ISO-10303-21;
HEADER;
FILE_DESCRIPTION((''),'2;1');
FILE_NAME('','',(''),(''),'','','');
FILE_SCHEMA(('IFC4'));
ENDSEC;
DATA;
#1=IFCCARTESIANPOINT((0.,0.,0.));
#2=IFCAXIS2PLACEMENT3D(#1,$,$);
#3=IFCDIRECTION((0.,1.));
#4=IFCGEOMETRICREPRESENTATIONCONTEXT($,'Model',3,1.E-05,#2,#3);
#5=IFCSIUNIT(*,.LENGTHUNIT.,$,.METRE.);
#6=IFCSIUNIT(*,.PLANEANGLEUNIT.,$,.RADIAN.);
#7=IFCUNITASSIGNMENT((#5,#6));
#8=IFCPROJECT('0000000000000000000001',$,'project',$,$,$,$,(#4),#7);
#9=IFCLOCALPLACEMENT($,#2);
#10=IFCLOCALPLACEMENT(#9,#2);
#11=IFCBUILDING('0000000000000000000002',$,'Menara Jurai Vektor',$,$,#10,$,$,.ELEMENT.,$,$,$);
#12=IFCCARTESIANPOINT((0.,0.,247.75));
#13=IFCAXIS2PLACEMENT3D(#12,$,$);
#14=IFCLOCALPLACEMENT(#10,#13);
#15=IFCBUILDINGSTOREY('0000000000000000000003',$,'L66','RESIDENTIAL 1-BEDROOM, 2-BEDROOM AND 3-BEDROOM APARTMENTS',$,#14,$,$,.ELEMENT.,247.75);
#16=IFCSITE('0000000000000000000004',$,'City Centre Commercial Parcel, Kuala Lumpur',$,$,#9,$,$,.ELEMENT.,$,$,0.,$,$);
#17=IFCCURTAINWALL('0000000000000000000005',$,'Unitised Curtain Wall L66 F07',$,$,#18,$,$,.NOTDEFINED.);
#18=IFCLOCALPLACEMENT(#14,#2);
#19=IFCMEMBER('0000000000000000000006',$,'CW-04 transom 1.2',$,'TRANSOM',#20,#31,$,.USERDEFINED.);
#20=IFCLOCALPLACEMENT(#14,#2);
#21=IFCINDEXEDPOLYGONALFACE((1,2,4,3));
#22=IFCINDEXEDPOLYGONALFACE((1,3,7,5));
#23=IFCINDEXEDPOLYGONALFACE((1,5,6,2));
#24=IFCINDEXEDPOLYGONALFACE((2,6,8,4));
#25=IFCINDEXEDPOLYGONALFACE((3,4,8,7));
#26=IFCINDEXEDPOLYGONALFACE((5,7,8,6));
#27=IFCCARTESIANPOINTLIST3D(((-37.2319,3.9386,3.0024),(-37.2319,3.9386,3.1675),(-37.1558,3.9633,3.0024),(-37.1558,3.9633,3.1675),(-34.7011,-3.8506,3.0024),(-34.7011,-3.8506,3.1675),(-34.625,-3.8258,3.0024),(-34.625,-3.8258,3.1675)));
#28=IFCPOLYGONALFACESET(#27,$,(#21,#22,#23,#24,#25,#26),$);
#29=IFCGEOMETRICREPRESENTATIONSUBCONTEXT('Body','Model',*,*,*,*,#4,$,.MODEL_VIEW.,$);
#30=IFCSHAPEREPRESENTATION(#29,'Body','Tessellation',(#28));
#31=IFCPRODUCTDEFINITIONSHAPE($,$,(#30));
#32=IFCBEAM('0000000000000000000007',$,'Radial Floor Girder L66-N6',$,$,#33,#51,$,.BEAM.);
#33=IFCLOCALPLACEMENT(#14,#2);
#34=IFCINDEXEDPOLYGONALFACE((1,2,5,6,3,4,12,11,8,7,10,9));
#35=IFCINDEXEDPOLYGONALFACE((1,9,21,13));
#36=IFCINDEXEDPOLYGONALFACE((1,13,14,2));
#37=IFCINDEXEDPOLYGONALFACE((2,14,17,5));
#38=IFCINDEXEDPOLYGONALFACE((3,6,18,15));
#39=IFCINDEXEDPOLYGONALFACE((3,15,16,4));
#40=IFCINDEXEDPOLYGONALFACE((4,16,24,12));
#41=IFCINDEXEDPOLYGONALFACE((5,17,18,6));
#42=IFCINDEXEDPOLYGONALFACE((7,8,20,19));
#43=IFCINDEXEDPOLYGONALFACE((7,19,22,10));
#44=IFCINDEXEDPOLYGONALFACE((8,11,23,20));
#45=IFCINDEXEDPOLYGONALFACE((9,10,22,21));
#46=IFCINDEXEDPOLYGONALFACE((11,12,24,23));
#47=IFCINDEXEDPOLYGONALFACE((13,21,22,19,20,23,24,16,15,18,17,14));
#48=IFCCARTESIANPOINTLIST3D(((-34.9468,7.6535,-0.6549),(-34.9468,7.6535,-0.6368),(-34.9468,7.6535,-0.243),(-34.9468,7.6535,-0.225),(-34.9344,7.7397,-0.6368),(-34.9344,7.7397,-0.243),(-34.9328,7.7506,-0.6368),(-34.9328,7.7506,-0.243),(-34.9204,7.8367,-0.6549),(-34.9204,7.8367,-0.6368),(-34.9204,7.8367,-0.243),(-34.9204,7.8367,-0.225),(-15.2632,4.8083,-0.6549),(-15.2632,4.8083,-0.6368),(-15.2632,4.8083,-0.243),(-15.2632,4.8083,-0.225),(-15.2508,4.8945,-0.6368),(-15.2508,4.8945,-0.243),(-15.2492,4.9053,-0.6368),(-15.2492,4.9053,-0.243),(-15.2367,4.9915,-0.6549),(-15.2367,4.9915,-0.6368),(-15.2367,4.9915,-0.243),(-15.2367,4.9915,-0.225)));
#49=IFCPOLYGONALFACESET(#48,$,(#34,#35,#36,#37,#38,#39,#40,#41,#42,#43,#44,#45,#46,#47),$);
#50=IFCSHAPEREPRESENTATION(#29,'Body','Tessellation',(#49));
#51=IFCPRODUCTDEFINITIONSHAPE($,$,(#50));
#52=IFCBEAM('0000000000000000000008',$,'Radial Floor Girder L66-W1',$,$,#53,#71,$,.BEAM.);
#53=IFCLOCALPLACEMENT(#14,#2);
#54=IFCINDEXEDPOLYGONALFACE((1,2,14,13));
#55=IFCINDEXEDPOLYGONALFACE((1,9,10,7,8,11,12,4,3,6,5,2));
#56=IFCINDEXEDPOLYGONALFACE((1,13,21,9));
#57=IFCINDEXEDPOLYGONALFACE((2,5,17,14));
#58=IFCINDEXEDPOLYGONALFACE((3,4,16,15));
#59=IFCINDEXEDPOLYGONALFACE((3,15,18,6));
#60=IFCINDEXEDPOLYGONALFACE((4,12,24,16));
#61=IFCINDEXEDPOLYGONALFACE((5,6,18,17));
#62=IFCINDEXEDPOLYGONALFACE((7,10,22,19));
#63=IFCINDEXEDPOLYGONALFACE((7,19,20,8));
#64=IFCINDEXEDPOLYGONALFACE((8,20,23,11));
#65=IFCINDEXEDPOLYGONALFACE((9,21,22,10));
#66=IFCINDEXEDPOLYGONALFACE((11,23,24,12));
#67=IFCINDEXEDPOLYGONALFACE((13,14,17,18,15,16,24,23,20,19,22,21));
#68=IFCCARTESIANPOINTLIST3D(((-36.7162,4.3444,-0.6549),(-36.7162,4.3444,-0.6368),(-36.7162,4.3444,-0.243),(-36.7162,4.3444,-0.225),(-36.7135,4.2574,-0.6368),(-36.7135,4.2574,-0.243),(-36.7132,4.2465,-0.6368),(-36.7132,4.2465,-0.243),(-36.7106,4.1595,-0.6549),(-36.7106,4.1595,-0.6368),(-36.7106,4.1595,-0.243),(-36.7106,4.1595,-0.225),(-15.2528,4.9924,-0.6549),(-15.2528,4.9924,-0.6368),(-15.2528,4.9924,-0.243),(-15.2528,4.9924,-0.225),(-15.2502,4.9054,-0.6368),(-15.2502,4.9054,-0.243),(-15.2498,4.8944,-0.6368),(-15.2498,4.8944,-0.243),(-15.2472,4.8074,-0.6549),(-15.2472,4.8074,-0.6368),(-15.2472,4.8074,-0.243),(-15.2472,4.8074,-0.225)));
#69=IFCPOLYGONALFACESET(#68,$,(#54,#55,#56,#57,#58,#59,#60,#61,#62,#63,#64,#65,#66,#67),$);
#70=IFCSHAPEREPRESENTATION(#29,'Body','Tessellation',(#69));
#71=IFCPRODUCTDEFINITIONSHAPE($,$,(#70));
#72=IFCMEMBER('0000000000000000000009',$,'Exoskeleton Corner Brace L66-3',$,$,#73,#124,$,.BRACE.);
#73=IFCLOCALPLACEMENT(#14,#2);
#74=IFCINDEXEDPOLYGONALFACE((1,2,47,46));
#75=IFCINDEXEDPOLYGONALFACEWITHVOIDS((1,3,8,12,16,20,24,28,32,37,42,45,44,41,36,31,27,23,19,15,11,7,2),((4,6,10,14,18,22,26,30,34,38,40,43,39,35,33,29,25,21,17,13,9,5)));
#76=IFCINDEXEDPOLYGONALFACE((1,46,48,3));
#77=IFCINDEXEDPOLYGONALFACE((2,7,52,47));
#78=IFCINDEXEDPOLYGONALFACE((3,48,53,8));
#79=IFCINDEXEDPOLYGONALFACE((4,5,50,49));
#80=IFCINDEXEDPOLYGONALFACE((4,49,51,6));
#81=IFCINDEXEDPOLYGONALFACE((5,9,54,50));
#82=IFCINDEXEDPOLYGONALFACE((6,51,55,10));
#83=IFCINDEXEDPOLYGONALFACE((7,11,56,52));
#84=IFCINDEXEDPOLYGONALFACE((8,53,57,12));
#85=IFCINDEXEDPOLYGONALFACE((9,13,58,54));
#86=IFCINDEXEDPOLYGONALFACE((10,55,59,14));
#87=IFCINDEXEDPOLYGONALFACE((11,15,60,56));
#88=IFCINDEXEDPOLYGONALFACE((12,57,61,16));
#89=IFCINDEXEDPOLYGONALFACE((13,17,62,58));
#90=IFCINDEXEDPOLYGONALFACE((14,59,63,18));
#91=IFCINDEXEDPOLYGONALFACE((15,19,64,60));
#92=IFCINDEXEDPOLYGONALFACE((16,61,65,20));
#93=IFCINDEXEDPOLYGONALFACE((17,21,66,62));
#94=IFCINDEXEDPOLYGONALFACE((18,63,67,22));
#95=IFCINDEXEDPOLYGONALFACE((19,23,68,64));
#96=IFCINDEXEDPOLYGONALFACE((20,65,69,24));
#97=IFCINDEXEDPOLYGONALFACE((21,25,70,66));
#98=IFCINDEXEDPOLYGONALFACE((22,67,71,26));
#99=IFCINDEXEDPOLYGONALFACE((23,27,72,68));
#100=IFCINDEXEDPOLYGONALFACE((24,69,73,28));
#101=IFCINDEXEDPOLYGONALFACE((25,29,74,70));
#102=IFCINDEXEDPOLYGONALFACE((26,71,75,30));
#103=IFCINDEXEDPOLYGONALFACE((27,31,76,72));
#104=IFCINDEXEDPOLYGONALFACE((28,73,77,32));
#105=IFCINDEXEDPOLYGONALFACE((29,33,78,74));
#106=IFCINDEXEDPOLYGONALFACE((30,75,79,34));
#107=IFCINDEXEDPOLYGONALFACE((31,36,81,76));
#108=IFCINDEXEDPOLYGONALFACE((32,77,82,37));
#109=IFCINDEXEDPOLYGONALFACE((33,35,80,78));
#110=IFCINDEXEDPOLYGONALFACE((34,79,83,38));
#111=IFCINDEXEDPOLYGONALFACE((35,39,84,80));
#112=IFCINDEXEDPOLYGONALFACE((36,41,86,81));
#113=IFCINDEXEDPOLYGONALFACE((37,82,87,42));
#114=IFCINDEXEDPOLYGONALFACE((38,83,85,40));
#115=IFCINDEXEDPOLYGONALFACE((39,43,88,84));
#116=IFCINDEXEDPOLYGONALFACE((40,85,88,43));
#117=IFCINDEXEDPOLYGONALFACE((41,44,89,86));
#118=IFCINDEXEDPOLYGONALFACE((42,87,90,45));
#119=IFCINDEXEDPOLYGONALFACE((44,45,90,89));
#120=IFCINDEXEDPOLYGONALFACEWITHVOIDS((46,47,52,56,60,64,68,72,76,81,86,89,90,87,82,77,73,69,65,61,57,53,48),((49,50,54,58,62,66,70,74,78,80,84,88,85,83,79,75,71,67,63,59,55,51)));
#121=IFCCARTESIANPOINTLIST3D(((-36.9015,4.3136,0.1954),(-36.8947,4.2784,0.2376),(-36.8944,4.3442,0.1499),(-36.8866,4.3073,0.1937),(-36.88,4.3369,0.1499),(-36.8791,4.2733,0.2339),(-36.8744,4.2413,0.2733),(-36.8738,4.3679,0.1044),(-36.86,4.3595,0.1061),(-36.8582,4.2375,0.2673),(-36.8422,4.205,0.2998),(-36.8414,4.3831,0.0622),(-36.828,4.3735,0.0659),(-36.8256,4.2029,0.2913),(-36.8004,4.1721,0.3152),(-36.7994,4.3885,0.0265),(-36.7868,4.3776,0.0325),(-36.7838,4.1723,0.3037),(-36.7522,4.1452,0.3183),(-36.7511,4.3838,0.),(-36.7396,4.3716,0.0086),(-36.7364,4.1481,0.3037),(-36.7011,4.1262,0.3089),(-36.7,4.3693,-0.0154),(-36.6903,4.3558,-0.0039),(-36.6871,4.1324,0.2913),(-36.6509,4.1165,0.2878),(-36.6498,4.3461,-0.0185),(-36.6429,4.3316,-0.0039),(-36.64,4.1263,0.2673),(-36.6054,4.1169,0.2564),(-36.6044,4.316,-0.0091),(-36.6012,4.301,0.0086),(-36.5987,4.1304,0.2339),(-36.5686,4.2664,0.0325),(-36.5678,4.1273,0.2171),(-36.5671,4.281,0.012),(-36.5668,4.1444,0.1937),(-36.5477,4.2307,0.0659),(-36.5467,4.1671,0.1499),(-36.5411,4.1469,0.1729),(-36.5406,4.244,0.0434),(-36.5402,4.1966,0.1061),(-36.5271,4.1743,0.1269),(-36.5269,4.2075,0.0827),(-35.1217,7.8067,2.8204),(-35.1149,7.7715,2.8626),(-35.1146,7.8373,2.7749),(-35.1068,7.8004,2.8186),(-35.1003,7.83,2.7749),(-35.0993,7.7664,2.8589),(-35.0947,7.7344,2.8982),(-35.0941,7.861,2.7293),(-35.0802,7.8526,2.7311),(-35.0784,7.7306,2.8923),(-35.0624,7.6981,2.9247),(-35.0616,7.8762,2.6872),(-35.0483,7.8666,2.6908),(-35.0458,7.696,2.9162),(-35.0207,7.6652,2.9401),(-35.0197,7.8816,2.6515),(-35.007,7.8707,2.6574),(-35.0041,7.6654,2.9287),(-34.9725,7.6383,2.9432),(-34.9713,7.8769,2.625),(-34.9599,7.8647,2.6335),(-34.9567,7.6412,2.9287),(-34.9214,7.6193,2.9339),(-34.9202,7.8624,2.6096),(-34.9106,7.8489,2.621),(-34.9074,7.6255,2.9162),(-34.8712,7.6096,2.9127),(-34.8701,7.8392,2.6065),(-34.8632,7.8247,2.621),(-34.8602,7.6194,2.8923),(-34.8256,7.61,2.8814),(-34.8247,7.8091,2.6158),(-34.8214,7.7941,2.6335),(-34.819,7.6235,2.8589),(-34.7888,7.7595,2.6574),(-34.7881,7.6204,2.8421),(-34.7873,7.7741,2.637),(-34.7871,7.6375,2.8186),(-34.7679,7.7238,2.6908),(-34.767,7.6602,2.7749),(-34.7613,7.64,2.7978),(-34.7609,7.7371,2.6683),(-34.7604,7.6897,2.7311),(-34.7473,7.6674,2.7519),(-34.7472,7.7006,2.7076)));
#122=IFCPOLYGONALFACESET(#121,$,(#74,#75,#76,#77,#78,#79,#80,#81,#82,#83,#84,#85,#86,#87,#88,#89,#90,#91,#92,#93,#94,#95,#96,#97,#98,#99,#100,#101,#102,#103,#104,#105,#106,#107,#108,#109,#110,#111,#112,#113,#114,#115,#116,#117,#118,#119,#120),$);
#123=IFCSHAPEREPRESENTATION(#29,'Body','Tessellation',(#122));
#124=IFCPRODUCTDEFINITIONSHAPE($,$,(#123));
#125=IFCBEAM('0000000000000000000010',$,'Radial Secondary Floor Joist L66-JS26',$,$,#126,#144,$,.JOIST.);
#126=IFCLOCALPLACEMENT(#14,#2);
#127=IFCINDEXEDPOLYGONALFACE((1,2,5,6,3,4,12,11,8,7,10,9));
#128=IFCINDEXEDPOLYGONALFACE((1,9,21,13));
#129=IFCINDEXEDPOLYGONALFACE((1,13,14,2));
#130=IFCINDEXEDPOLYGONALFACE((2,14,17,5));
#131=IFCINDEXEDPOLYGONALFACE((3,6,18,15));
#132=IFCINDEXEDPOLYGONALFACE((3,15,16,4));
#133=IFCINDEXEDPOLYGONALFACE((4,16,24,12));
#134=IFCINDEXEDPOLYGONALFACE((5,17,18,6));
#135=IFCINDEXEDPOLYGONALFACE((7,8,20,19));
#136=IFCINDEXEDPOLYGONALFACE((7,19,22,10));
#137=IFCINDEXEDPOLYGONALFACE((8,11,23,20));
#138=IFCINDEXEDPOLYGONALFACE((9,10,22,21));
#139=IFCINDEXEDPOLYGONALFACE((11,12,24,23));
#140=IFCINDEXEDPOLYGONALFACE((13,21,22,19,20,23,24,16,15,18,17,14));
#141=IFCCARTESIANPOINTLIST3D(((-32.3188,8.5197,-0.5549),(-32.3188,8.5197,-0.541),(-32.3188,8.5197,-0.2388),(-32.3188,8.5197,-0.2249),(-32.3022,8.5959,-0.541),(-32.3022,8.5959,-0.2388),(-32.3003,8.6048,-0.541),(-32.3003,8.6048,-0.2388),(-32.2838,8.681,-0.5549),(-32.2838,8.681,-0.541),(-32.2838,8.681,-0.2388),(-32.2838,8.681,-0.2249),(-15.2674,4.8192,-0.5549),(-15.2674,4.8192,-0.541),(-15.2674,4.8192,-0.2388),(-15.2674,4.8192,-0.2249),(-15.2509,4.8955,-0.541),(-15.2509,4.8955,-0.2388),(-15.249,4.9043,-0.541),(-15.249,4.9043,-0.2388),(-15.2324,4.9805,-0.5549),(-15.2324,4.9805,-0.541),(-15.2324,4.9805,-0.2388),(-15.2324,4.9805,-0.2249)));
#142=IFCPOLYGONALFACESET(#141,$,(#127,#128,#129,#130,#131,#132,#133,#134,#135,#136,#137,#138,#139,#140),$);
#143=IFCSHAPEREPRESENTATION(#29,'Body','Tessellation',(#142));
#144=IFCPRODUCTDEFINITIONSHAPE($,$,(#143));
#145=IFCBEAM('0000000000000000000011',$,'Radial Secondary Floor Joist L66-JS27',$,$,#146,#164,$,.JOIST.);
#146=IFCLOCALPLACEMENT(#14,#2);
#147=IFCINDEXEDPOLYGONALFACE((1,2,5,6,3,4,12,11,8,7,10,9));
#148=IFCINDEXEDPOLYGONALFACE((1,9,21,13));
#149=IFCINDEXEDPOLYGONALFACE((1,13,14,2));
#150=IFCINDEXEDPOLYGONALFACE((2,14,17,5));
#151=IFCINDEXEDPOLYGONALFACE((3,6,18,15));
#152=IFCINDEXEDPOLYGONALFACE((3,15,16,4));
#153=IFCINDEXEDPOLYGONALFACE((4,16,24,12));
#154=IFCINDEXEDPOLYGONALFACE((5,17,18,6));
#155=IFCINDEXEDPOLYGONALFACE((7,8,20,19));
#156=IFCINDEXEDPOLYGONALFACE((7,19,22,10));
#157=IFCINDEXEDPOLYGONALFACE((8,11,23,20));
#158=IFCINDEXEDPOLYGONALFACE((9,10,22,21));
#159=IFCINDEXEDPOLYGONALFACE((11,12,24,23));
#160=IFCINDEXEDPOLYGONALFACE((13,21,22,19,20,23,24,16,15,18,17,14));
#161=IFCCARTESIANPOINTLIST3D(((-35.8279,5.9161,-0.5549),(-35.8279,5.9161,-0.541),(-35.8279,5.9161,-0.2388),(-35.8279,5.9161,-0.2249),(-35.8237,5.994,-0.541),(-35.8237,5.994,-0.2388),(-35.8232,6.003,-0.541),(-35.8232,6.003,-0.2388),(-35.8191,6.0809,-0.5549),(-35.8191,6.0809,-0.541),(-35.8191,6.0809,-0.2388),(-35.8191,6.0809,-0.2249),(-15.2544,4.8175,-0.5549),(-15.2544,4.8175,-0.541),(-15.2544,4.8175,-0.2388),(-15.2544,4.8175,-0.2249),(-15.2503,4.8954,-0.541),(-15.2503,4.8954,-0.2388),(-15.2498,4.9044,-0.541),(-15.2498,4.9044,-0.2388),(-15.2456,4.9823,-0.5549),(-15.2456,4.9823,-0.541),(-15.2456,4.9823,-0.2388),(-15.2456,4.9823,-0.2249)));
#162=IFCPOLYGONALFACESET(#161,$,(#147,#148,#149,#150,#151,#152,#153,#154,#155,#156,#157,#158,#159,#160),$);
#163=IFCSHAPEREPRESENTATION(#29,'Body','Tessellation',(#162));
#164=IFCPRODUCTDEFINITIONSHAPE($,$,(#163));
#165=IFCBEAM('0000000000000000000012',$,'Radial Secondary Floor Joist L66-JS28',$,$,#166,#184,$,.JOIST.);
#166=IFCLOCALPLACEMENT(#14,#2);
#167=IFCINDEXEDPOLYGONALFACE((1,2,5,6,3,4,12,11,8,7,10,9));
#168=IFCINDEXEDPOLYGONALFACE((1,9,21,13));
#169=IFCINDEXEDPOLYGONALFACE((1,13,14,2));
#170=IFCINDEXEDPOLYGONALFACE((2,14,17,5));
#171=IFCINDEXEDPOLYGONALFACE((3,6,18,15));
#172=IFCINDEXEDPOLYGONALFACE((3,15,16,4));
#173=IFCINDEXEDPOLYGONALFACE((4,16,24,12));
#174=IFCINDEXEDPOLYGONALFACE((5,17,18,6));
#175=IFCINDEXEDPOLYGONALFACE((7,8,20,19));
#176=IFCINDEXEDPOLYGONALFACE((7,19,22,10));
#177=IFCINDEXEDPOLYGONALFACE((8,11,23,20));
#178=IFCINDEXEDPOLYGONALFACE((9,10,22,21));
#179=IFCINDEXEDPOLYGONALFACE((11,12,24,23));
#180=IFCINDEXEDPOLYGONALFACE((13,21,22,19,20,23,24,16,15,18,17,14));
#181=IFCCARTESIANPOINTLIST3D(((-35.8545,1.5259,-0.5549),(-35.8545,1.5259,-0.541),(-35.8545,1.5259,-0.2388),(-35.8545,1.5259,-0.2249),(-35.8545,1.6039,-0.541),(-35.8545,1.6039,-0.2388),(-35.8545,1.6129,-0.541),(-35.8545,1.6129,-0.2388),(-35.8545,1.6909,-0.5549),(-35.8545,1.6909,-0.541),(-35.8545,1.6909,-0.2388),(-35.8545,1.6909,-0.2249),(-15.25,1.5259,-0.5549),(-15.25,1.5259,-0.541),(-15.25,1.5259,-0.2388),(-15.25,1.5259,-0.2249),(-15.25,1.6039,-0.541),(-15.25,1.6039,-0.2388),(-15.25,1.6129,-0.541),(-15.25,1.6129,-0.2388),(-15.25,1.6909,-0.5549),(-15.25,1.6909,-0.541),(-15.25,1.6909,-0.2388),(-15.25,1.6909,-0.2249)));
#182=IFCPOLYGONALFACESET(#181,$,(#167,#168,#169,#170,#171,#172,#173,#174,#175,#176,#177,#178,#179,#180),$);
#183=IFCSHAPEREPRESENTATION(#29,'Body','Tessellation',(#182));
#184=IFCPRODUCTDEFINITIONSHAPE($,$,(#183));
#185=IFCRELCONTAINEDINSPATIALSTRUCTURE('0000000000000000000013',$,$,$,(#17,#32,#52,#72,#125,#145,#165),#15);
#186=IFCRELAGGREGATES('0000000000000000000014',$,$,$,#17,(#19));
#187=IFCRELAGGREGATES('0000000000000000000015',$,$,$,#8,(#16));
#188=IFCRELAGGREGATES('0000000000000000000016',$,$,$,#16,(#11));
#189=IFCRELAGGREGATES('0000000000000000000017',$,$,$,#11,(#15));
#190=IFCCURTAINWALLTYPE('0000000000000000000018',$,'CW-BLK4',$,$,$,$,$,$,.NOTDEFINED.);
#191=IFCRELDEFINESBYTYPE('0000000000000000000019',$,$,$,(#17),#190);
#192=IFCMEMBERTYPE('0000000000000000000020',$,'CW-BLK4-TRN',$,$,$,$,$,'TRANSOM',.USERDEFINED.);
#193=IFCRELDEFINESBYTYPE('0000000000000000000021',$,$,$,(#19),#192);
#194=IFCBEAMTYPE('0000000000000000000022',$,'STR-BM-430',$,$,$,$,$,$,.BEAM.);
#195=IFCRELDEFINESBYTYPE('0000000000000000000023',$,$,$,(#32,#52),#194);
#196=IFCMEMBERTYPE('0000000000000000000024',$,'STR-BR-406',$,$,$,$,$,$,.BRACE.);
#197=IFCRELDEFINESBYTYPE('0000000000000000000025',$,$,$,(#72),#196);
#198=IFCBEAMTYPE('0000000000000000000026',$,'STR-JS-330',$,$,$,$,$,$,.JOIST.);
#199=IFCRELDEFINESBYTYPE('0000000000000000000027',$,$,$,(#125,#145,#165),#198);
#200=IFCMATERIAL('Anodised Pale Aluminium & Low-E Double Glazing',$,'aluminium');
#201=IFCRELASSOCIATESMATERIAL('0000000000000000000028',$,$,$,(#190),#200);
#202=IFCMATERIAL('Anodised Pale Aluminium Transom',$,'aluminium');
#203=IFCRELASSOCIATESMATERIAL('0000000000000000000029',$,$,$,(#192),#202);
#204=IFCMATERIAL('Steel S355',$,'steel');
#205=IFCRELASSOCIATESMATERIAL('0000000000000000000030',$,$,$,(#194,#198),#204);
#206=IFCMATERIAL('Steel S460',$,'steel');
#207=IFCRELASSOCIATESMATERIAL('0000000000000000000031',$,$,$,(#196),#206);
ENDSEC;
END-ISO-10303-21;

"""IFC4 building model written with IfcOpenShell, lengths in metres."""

from ifc_helpers import new_model, si_unit, direction, frame, origin, origin_2d, place, context, subcontext, project, spatial, rectangle, hollow_circle, i_section, extrude, material, material_profile, profile_set, type_object, element, aggregate, save


model = new_model("IFC4")

# Units and contexts
model_context = context("Model", 3, precision=1e-05, world=origin(), true_north=direction((0.0, 1.0)))
body_context = subcontext(model_context, "Body", "Model", "MODEL_VIEW")
ifc_project = project(units=[si_unit("LENGTHUNIT", "METRE"), si_unit("PLANEANGLEUNIT", "RADIAN")], contexts=[model_context])

# Site, building, storey
site_placement = place(None, origin())
site = spatial("IfcSite", under=ifc_project, at=site_placement, Name="City Centre Commercial Parcel, Kuala Lumpur", CompositionType="ELEMENT", RefElevation=0.0)
building_placement = place(site_placement, origin())
building = spatial("IfcBuilding", under=site, at=building_placement, Name="Menara Jurai Vektor", CompositionType="ELEMENT")
storey_placement = place(building_placement, frame((0.0, 0.0, 247.75)))
storey = spatial("IfcBuildingStorey", under=building, at=storey_placement, Name="L66", Description="RESIDENTIAL 1-BEDROOM, 2-BEDROOM AND 3-BEDROOM APARTMENTS", CompositionType="ELEMENT", Elevation=247.75)

# Shared definitions
ifc_material_1 = material(Name="Steel S460", Category="steel")

# Shared definitions
ifc_material_2 = material(Name="Anodised Pale Aluminium & Low-E Double Glazing", Category="aluminium")
curtain_wall_type = type_object("IfcCurtainWallType", Name="CW-BLK4", PredefinedType="NOTDEFINED", material=ifc_material_2)

# Curtain wall
curtain_wall_1_placement = place(storey_placement, origin())
curtain_wall_1 = element("IfcCurtainWall", 1, at=curtain_wall_1_placement, inside=storey, type_object=curtain_wall_type, Name="Unitised Curtain Wall L66 F07", PredefinedType="NOTDEFINED")

# Member
ifc_material_3 = material(Name="Anodised Pale Aluminium Transom", Category="aluminium")
ifc_material_profile_1 = material_profile(ifc_material_3, rectangle(XDim=0.0801, YDim=0.165, at=origin_2d()), Name="ALU TRN 80x165")
ifc_profile_set_1 = profile_set([ifc_material_profile_1], Name="Anodised Pale Aluminium Transom")
member_type_1 = type_object("IfcMemberType", Name="CW-BLK4-TRN", ElementType="TRANSOM", PredefinedType="USERDEFINED", material=ifc_profile_set_1)
member_1_placement = place(storey_placement, frame((-37.1938, 3.9509, 3.085), z_axis=(0.309011, -0.951059, 0.0), x_axis=(0.951059, 0.309011, 0.0)))
member_1 = element("IfcMember", 2, at=member_1_placement, type_object=member_type_1, Name="CW-04 transom 1.2", ObjectType="TRANSOM", PredefinedType="USERDEFINED", context=body_context, shape_type="SweptSolid", body=[
    extrude(rectangle(XDim=0.0801, YDim=0.165, at=origin_2d()), origin(), (0.0, 0.0, 1.0), 8.1899),
])

# Beams
ifc_material_4 = material(Name="Steel S355", Category="steel")
ifc_material_profile_2 = material_profile(ifc_material_4, i_section(OverallWidth=0.1851, OverallDepth=0.4299, WebThickness=0.011, FlangeThickness=0.0181, at=origin_2d()), Name="PG 430x185x76")
ifc_profile_set_2 = profile_set([ifc_material_profile_2], Name="Steel S355")
beam_type_1 = type_object("IfcBeamType", Name="STR-BM-430", PredefinedType="BEAM", material=ifc_profile_set_2)
beam_1_placement = place(storey_placement, frame((-34.9336, 7.7451, -0.4399), z_axis=(0.989714, -0.143061, 0.0), x_axis=(0.143061, 0.989714, 0.0)))
element("IfcBeam", 3, at=beam_1_placement, inside=storey, type_object=beam_type_1, Name="Radial Floor Girder L66-N6", PredefinedType="BEAM", context=body_context, shape_type="SweptSolid", body=[
    extrude(i_section(OverallWidth=0.1851, OverallDepth=0.4299, WebThickness=0.011, FlangeThickness=0.0181, at=origin_2d()), origin(), (0.0, 0.0, 1.0), 19.8882),
])
beam_2_placement = place(storey_placement, frame((-36.7134, 4.252, -0.4399), z_axis=(0.999545, 0.030175, 0.0), x_axis=(-0.030175, 0.999545, 0.0)))
element("IfcBeam", 4, at=beam_2_placement, inside=storey, type_object=beam_type_1, Name="Radial Floor Girder L66-W1", PredefinedType="BEAM", context=body_context, shape_type="SweptSolid", body=[
    extrude(i_section(OverallWidth=0.1851, OverallDepth=0.4299, WebThickness=0.011, FlangeThickness=0.0181, at=origin_2d()), origin(), (0.0, 0.0, 1.0), 21.4731),
])

# Member
ifc_material_profile_3 = material_profile(ifc_material_1, hollow_circle(Radius=0.2031, WallThickness=0.0161, at=origin_2d()), Name="CHS 406.4x16")
ifc_profile_set_3 = profile_set([ifc_material_profile_3], Name="Steel S460")
member_type_2 = type_object("IfcMemberType", Name="STR-BR-406", PredefinedType="BRACE", material=ifc_profile_set_3)
member_2_placement = place(storey_placement, frame((-36.7134, 4.252, 0.1499), z_axis=(0.377225, 0.740375, 0.556368), x_axis=(-0.891014, 0.453976, 0.0)))
element("IfcMember", 5, at=member_2_placement, inside=storey, type_object=member_type_2, Name="Exoskeleton Corner Brace L66-3", PredefinedType="BRACE", context=body_context, shape_type="SweptSolid", body=[
    extrude(hollow_circle(Radius=0.2031, WallThickness=0.0161, at=origin_2d()), origin(), (0.0, 0.0, 1.0), 4.718),
])

# Beams
ifc_material_profile_4 = material_profile(ifc_material_4, i_section(OverallWidth=0.165, OverallDepth=0.3301, WebThickness=0.009, FlangeThickness=0.0139, at=origin_2d()), Name="PG 330x165x46")
ifc_profile_set_4 = profile_set([ifc_material_profile_4], Name="Steel S355")
beam_type_2 = type_object("IfcBeamType", Name="STR-JS-330", PredefinedType="JOIST", material=ifc_profile_set_4)
beam_3_placement = place(storey_placement, frame((-32.3013, 8.6003, -0.3899), z_axis=(0.977252, -0.212082, 0.0), x_axis=(0.212082, 0.977252, 0.0)))
element("IfcBeam", 6, at=beam_3_placement, inside=storey, type_object=beam_type_2, Name="Radial Secondary Floor Joist L66-JS26", PredefinedType="JOIST", context=body_context, shape_type="SweptSolid", body=[
    extrude(i_section(OverallWidth=0.165, OverallDepth=0.3301, WebThickness=0.009, FlangeThickness=0.0139, at=origin_2d()), origin(), (0.0, 0.0, 1.0), 17.4482),
])
beam_4_placement = place(storey_placement, frame((-35.8235, 5.9985, -0.3899), z_axis=(0.998577, -0.053324, 0.0), x_axis=(0.053324, 0.998577, 0.0)))
element("IfcBeam", 7, at=beam_4_placement, inside=storey, type_object=beam_type_2, Name="Radial Secondary Floor Joist L66-JS27", PredefinedType="JOIST", context=body_context, shape_type="SweptSolid", body=[
    extrude(i_section(OverallWidth=0.165, OverallDepth=0.3301, WebThickness=0.009, FlangeThickness=0.0139, at=origin_2d()), origin(), (0.0, 0.0, 1.0), 20.6028),
])
beam_5_placement = place(storey_placement, frame((-35.8545, 1.6084, -0.3899), z_axis=(1.0, 0.0, 0.0), x_axis=(0.0, 1.0, 0.0)))
element("IfcBeam", 8, at=beam_5_placement, inside=storey, type_object=beam_type_2, Name="Radial Secondary Floor Joist L66-JS28", PredefinedType="JOIST", context=body_context, shape_type="SweptSolid", body=[
    extrude(i_section(OverallWidth=0.165, OverallDepth=0.3301, WebThickness=0.009, FlangeThickness=0.0139, at=origin_2d()), origin(), (0.0, 0.0, 1.0), 20.6045),
])

aggregate(curtain_wall_1, [member_1])

save(model, "model.ifc")
